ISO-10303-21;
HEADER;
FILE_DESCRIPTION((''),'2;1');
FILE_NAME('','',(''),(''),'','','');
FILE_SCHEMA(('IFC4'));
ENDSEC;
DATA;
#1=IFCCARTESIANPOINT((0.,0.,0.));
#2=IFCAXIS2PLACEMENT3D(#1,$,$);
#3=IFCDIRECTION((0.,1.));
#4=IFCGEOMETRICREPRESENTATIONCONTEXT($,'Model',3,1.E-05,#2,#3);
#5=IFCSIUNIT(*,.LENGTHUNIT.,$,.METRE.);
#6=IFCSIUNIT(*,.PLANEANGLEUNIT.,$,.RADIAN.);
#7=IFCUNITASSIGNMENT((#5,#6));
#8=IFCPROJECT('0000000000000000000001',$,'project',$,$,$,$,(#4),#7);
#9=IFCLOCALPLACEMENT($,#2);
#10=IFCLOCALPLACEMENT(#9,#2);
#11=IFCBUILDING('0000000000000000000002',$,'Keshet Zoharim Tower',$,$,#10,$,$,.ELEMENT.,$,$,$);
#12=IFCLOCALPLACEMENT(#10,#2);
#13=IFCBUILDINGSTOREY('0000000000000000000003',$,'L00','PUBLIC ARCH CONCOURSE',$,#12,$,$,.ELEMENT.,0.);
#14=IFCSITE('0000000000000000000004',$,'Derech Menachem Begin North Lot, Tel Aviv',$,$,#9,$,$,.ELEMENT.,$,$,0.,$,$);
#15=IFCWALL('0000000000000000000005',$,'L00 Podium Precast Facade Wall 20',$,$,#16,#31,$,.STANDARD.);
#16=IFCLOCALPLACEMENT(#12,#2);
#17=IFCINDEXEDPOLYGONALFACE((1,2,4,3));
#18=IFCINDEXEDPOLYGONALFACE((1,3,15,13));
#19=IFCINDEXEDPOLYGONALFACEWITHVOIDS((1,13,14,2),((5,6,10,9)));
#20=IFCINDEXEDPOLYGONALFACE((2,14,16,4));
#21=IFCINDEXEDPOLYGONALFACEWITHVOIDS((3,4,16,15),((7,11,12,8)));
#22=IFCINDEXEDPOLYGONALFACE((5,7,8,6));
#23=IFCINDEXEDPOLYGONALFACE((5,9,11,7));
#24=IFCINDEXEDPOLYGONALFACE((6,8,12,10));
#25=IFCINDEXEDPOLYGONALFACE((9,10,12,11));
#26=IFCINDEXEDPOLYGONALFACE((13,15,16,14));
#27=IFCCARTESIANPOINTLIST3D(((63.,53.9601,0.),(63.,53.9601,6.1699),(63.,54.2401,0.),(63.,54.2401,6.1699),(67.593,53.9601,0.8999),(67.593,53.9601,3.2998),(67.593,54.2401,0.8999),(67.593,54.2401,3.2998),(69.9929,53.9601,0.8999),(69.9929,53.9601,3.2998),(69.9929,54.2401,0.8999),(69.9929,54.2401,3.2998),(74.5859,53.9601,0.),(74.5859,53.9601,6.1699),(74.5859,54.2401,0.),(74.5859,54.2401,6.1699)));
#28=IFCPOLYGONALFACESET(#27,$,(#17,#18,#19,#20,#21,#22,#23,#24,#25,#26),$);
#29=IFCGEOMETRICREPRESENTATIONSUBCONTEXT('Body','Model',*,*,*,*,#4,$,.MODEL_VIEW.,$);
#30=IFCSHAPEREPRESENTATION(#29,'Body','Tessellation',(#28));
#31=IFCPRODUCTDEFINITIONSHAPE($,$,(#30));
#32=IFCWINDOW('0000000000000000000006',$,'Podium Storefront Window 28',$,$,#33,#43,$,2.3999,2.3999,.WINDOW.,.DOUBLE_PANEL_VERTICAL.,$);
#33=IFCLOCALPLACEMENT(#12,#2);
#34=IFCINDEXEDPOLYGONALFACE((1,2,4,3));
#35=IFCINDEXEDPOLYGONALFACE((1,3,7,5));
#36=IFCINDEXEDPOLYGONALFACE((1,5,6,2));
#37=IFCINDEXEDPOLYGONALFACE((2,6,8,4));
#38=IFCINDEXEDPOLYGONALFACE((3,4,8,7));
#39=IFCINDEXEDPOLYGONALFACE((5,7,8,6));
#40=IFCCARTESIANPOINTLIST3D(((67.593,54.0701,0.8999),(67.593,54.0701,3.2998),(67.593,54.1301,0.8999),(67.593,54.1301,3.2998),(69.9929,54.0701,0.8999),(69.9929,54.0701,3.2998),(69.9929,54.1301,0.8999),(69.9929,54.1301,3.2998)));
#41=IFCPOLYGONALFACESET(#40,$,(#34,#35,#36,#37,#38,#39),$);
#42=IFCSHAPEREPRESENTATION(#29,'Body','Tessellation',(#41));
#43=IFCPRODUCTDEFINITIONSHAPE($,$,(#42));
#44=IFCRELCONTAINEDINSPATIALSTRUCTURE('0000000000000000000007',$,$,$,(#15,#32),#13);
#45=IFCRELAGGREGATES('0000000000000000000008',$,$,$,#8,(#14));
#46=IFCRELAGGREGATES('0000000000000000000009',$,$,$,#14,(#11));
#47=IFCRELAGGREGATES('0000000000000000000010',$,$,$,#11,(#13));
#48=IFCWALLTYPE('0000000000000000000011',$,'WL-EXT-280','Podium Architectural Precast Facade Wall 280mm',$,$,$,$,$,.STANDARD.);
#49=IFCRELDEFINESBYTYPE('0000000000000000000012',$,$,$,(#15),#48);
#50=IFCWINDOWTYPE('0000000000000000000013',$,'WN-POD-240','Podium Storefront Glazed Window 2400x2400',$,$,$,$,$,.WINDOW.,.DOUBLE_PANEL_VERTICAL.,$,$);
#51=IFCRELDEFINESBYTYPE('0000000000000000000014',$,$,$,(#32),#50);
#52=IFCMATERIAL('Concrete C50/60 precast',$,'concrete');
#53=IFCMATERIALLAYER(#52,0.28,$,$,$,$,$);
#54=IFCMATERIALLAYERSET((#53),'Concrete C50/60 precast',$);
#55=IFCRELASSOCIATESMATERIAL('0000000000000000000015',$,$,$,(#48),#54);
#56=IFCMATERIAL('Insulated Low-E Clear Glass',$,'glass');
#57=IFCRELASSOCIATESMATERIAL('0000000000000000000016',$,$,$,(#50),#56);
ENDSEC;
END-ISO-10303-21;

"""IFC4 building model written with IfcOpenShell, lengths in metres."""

from ifc_helpers import new_model, si_unit, direction, frame, frame_2d, origin, place, context, subcontext, project, spatial, rectangle, extrude, material, layer, layer_set, type_object, element, fill, save


model = new_model("IFC4")

# Units and contexts
model_context = context("Model", 3, precision=1e-05, world=origin(), true_north=direction((0.0, 1.0)))
body_context = subcontext(model_context, "Body", "Model", "MODEL_VIEW")
ifc_project = project(units=[si_unit("LENGTHUNIT", "METRE"), si_unit("PLANEANGLEUNIT", "RADIAN")], contexts=[model_context])

# Site, building, storey
site_placement = place(None, origin())
site = spatial("IfcSite", under=ifc_project, at=site_placement, Name="Derech Menachem Begin North Lot, Tel Aviv", CompositionType="ELEMENT", RefElevation=0.0)
building_placement = place(site_placement, origin())
building = spatial("IfcBuilding", under=site, at=building_placement, Name="Keshet Zoharim Tower", CompositionType="ELEMENT")
storey_placement = place(building_placement, origin())
storey = spatial("IfcBuildingStorey", under=building, at=storey_placement, Name="L00", Description="PUBLIC ARCH CONCOURSE", CompositionType="ELEMENT", Elevation=0.0)

# Shared definitions
ifc_material_1 = material(Name="Concrete C50/60 precast", Category="concrete")
ifc_layer = layer(ifc_material_1, 0.28)
ifc_layer_set = layer_set([ifc_layer], Name="Concrete C50/60 precast")
wall_type = type_object("IfcWallType", Name="WL-EXT-280", Description="Podium Architectural Precast Facade Wall 280mm", PredefinedType="STANDARD", material=ifc_layer_set)

# Shared definitions
ifc_material_2 = material(Name="Insulated Low-E Clear Glass", Category="glass")
window_type = type_object("IfcWindowType", Name="WN-POD-240", Description="Podium Storefront Glazed Window 2400x2400", PartitioningType="DOUBLE_PANEL_VERTICAL", PredefinedType="WINDOW", material=ifc_material_2)

# Wall, opening, window
wall_1_placement = place(storey_placement, frame((63.0, 54.1001, 0.0), z_axis=(0.0, 0.0, 1.0), x_axis=(1.0, 0.0, 0.0)))
wall_1 = element("IfcWall", 1, at=wall_1_placement, inside=storey, type_object=wall_type, Name="L00 Podium Precast Facade Wall 20", PredefinedType="STANDARD", context=body_context, shape_type="SweptSolid", body=[
    extrude(rectangle(XDim=11.5859, YDim=0.28, at=frame_2d((5.793, 0.0))), origin(), (0.0, 0.0, 1.0), 6.1699),
])
opening_1_placement = place(wall_1_placement, frame((4.593, 0.0, 0.8999)))
opening_1 = element("IfcOpeningElement", 2, at=opening_1_placement, cuts=wall_1, PredefinedType="OPENING", context=body_context, shape_type="SweptSolid", body=[
    extrude(rectangle(XDim=2.3999, YDim=2.3999, at=frame_2d((1.2, 1.2))), frame((0.0, 0.1499, 0.0), z_axis=(0.0, -1.0, 0.0), x_axis=(1.0, 0.0, 0.0)), (0.0, 0.0, 1.0), 0.3),
])
window_1_placement = place(opening_1_placement, origin())
window_1 = element("IfcWindow", 3, at=window_1_placement, inside=storey, type_object=window_type, Name="Podium Storefront Window 28", OverallHeight=2.3999, OverallWidth=2.3999, PartitioningType="DOUBLE_PANEL_VERTICAL", PredefinedType="WINDOW", context=body_context, shape_type="SweptSolid", body=[
    extrude(rectangle(XDim=2.3999, YDim=2.3999, at=frame_2d((1.2, 1.2))), frame((0.0, 0.03, 0.0), z_axis=(0.0, -1.0, 0.0), x_axis=(1.0, 0.0, 0.0)), (0.0, 0.0, 1.0), 0.0601),
])
fill(opening_1, window_1)

save(model, "model.ifc")
